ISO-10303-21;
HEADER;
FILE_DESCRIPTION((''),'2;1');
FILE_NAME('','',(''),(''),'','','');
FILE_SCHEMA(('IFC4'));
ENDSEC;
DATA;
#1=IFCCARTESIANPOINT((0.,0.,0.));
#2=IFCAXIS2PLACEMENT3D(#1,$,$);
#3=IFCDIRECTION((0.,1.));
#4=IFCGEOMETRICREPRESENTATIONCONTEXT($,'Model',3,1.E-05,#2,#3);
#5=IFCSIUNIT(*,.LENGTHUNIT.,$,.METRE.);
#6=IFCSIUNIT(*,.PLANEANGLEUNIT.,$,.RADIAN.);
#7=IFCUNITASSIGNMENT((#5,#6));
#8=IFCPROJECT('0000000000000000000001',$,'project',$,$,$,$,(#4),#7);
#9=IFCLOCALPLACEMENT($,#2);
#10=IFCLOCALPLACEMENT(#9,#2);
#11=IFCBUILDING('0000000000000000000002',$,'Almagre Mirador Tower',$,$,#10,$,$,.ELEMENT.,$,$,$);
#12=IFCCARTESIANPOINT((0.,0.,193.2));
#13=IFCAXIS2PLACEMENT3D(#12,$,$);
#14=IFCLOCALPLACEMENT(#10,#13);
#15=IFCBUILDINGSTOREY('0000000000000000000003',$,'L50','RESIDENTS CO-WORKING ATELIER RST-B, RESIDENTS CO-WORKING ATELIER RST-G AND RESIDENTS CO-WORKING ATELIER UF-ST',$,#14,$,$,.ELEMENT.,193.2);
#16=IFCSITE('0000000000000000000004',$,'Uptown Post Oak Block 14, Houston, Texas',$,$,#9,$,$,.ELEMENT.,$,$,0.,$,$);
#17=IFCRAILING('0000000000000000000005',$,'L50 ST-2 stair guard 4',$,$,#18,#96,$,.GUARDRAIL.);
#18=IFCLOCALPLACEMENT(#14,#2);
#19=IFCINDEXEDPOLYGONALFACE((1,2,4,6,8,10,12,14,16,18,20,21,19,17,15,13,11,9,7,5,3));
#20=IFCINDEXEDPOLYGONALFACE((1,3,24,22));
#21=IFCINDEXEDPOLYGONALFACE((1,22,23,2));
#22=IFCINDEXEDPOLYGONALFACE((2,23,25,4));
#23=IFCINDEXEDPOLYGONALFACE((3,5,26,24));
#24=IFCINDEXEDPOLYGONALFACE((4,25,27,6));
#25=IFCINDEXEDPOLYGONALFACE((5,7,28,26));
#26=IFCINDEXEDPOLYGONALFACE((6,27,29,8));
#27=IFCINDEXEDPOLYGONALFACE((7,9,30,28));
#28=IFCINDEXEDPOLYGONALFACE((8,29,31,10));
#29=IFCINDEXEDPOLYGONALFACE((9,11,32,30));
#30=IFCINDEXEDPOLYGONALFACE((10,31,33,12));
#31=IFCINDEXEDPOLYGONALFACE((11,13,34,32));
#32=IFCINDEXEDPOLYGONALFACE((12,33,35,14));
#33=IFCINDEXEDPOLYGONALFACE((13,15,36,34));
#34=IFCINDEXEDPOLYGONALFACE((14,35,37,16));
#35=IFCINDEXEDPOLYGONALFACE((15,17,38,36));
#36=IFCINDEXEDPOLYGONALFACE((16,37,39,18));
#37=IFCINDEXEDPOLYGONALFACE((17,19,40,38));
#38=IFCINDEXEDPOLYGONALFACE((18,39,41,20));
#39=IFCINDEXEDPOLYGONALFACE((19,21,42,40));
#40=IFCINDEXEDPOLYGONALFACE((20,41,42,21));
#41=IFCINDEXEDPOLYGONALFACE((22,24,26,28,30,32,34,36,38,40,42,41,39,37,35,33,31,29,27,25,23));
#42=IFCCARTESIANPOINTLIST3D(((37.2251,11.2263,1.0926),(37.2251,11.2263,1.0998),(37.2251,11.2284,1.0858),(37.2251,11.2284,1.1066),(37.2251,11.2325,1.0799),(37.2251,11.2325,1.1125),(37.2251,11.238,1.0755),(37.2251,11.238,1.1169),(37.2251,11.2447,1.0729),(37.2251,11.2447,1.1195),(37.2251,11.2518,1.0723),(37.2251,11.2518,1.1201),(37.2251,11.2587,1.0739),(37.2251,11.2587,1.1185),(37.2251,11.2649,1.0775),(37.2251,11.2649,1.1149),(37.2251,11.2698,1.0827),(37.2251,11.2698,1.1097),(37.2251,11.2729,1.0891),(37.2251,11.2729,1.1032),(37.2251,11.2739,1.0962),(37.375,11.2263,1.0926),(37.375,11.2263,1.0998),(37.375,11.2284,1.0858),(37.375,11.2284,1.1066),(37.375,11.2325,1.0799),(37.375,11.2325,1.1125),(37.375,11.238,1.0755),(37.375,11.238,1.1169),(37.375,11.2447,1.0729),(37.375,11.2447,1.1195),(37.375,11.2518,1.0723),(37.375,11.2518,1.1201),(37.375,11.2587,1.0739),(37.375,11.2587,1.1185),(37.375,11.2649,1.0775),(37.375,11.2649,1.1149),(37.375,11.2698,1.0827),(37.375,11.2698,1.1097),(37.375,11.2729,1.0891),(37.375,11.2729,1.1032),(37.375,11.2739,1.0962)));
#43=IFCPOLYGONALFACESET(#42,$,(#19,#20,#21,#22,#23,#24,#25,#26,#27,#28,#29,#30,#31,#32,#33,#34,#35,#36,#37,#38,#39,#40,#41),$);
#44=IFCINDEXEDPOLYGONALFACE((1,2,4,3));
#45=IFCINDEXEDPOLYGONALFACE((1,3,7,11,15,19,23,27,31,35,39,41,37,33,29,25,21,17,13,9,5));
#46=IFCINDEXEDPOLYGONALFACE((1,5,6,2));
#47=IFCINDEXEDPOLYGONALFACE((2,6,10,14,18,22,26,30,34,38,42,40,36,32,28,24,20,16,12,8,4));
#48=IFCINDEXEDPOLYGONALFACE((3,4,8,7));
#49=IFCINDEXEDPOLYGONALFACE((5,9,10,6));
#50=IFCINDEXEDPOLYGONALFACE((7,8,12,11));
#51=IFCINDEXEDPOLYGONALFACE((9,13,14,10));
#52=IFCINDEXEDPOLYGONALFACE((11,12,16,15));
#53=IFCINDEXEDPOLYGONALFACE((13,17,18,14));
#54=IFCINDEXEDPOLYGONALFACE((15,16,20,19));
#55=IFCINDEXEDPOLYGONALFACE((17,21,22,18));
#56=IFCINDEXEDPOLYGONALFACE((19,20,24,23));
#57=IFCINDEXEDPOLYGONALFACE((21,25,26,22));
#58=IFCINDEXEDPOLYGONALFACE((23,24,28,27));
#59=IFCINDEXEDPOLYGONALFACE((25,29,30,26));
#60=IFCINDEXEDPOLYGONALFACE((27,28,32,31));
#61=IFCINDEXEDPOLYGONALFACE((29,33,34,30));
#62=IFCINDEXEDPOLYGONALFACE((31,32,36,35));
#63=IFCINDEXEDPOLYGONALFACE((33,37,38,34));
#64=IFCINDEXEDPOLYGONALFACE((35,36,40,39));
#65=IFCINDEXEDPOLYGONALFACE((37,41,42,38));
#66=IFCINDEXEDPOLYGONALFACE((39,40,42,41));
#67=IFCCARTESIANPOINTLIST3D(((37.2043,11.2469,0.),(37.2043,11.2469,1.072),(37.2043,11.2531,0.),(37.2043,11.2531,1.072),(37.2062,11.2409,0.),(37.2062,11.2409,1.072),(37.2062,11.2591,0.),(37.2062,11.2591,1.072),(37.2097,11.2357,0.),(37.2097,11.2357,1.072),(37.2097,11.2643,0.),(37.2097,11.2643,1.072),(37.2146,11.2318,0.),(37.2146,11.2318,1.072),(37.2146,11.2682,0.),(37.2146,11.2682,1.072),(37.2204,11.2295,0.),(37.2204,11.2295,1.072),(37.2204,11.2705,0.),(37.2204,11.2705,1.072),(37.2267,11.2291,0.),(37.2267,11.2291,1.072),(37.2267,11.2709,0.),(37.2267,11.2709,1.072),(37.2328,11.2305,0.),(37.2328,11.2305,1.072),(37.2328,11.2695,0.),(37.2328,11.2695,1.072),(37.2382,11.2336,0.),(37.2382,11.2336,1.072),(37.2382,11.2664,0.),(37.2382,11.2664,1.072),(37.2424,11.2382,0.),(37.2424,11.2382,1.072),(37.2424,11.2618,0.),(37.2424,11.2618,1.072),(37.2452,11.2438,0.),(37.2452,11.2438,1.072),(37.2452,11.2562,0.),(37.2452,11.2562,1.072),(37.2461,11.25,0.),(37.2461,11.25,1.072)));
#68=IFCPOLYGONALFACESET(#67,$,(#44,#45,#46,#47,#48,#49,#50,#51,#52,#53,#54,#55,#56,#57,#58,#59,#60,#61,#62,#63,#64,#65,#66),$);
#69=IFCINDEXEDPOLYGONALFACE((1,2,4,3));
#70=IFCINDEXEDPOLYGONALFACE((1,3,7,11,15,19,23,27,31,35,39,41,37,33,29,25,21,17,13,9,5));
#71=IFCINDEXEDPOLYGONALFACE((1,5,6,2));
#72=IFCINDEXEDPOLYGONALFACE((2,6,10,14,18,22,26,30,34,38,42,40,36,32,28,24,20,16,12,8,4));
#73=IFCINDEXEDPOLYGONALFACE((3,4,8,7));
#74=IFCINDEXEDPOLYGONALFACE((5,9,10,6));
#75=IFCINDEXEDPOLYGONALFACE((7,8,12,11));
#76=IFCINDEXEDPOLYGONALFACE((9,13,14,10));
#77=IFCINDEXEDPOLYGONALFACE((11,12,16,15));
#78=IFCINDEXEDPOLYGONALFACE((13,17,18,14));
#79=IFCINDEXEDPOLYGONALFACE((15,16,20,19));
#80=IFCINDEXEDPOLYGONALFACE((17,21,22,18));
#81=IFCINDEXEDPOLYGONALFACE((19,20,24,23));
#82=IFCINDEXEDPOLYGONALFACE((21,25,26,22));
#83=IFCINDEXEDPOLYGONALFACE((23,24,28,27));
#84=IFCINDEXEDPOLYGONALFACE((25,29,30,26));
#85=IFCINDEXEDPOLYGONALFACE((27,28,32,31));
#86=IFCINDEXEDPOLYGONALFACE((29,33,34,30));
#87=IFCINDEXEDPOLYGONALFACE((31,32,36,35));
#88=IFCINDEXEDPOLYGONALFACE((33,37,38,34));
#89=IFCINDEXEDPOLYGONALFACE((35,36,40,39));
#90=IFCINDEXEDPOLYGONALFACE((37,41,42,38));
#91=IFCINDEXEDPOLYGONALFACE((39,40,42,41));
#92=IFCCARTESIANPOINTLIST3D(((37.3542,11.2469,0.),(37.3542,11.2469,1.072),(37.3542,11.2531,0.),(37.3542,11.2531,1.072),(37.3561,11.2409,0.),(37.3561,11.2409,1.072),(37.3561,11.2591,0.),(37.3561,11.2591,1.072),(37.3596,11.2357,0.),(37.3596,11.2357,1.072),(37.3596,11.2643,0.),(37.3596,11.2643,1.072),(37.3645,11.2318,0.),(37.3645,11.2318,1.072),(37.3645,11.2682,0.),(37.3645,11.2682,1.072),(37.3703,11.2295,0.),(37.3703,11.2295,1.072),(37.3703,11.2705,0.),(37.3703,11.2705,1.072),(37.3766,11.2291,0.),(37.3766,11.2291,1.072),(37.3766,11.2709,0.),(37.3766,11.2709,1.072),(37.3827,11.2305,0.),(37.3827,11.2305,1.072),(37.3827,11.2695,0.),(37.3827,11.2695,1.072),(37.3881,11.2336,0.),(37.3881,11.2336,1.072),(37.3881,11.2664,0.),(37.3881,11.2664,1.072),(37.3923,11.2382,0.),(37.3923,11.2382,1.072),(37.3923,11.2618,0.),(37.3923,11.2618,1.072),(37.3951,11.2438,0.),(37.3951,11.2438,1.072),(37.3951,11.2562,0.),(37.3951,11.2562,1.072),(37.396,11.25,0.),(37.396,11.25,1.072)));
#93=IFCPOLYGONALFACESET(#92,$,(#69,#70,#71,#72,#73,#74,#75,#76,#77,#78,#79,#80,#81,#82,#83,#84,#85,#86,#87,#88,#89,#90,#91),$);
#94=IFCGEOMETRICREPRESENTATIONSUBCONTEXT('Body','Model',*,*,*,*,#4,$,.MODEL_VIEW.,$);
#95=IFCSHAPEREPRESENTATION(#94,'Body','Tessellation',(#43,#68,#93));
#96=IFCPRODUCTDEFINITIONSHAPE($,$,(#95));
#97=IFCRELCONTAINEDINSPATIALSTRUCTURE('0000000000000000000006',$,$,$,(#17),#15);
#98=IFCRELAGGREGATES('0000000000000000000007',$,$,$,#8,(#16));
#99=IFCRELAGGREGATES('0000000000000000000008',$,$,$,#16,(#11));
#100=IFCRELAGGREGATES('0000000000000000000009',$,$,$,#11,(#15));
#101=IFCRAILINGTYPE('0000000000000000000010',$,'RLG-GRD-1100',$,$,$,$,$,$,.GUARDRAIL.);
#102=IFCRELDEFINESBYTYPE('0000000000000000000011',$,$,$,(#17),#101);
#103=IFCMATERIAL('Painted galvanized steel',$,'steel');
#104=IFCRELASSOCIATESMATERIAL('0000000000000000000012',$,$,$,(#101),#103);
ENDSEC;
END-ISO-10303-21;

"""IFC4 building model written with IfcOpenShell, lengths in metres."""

from ifc_helpers import new_model, si_unit, direction, frame, origin, origin_2d, place, context, subcontext, project, spatial, circle, extrude, material, type_object, element, save


model = new_model("IFC4")

# Units and contexts
model_context = context("Model", 3, precision=1e-05, world=origin(), true_north=direction((0.0, 1.0)))
body_context = subcontext(model_context, "Body", "Model", "MODEL_VIEW")
ifc_project = project(units=[si_unit("LENGTHUNIT", "METRE"), si_unit("PLANEANGLEUNIT", "RADIAN")], contexts=[model_context])

# Site, building, storey
site_placement = place(None, origin())
site = spatial("IfcSite", under=ifc_project, at=site_placement, Name="Uptown Post Oak Block 14, Houston, Texas", CompositionType="ELEMENT", RefElevation=0.0)
building_placement = place(site_placement, origin())
building = spatial("IfcBuilding", under=site, at=building_placement, Name="Almagre Mirador Tower", CompositionType="ELEMENT")
storey_placement = place(building_placement, frame((0.0, 0.0, 193.2)))
storey = spatial("IfcBuildingStorey", under=building, at=storey_placement, Name="L50", Description="RESIDENTS CO-WORKING ATELIER RST-B, RESIDENTS CO-WORKING ATELIER RST-G AND RESIDENTS CO-WORKING ATELIER UF-ST", CompositionType="ELEMENT", Elevation=193.2)

# Railing
ifc_material_1 = material(Name="Painted galvanized steel", Category="steel")
railing_type_1 = type_object("IfcRailingType", Name="RLG-GRD-1100", PredefinedType="GUARDRAIL", material=ifc_material_1)
railing_1_placement = place(storey_placement, frame((37.2251, 11.25, 0.0)))
element("IfcRailing", 1, at=railing_1_placement, inside=storey, type_object=railing_type_1, Name="L50 ST-2 stair guard 4", PredefinedType="GUARDRAIL", context=body_context, shape_type="SweptSolid", body=[
    extrude(circle(Radius=0.0239, at=origin_2d()), frame((0.0, 0.0, 1.0962), z_axis=(1.0, 0.0, 0.0), x_axis=(0.0, 1.0, 0.0)), (0.0, 0.0, 1.0), 0.1499),
    extrude(circle(Radius=0.021, at=origin_2d()), origin(), (0.0, 0.0, 1.0), 1.072),
    extrude(circle(Radius=0.021, at=origin_2d()), frame((0.1499, 0.0, 0.0)), (0.0, 0.0, 1.0), 1.072),
])

save(model, "model.ifc")
